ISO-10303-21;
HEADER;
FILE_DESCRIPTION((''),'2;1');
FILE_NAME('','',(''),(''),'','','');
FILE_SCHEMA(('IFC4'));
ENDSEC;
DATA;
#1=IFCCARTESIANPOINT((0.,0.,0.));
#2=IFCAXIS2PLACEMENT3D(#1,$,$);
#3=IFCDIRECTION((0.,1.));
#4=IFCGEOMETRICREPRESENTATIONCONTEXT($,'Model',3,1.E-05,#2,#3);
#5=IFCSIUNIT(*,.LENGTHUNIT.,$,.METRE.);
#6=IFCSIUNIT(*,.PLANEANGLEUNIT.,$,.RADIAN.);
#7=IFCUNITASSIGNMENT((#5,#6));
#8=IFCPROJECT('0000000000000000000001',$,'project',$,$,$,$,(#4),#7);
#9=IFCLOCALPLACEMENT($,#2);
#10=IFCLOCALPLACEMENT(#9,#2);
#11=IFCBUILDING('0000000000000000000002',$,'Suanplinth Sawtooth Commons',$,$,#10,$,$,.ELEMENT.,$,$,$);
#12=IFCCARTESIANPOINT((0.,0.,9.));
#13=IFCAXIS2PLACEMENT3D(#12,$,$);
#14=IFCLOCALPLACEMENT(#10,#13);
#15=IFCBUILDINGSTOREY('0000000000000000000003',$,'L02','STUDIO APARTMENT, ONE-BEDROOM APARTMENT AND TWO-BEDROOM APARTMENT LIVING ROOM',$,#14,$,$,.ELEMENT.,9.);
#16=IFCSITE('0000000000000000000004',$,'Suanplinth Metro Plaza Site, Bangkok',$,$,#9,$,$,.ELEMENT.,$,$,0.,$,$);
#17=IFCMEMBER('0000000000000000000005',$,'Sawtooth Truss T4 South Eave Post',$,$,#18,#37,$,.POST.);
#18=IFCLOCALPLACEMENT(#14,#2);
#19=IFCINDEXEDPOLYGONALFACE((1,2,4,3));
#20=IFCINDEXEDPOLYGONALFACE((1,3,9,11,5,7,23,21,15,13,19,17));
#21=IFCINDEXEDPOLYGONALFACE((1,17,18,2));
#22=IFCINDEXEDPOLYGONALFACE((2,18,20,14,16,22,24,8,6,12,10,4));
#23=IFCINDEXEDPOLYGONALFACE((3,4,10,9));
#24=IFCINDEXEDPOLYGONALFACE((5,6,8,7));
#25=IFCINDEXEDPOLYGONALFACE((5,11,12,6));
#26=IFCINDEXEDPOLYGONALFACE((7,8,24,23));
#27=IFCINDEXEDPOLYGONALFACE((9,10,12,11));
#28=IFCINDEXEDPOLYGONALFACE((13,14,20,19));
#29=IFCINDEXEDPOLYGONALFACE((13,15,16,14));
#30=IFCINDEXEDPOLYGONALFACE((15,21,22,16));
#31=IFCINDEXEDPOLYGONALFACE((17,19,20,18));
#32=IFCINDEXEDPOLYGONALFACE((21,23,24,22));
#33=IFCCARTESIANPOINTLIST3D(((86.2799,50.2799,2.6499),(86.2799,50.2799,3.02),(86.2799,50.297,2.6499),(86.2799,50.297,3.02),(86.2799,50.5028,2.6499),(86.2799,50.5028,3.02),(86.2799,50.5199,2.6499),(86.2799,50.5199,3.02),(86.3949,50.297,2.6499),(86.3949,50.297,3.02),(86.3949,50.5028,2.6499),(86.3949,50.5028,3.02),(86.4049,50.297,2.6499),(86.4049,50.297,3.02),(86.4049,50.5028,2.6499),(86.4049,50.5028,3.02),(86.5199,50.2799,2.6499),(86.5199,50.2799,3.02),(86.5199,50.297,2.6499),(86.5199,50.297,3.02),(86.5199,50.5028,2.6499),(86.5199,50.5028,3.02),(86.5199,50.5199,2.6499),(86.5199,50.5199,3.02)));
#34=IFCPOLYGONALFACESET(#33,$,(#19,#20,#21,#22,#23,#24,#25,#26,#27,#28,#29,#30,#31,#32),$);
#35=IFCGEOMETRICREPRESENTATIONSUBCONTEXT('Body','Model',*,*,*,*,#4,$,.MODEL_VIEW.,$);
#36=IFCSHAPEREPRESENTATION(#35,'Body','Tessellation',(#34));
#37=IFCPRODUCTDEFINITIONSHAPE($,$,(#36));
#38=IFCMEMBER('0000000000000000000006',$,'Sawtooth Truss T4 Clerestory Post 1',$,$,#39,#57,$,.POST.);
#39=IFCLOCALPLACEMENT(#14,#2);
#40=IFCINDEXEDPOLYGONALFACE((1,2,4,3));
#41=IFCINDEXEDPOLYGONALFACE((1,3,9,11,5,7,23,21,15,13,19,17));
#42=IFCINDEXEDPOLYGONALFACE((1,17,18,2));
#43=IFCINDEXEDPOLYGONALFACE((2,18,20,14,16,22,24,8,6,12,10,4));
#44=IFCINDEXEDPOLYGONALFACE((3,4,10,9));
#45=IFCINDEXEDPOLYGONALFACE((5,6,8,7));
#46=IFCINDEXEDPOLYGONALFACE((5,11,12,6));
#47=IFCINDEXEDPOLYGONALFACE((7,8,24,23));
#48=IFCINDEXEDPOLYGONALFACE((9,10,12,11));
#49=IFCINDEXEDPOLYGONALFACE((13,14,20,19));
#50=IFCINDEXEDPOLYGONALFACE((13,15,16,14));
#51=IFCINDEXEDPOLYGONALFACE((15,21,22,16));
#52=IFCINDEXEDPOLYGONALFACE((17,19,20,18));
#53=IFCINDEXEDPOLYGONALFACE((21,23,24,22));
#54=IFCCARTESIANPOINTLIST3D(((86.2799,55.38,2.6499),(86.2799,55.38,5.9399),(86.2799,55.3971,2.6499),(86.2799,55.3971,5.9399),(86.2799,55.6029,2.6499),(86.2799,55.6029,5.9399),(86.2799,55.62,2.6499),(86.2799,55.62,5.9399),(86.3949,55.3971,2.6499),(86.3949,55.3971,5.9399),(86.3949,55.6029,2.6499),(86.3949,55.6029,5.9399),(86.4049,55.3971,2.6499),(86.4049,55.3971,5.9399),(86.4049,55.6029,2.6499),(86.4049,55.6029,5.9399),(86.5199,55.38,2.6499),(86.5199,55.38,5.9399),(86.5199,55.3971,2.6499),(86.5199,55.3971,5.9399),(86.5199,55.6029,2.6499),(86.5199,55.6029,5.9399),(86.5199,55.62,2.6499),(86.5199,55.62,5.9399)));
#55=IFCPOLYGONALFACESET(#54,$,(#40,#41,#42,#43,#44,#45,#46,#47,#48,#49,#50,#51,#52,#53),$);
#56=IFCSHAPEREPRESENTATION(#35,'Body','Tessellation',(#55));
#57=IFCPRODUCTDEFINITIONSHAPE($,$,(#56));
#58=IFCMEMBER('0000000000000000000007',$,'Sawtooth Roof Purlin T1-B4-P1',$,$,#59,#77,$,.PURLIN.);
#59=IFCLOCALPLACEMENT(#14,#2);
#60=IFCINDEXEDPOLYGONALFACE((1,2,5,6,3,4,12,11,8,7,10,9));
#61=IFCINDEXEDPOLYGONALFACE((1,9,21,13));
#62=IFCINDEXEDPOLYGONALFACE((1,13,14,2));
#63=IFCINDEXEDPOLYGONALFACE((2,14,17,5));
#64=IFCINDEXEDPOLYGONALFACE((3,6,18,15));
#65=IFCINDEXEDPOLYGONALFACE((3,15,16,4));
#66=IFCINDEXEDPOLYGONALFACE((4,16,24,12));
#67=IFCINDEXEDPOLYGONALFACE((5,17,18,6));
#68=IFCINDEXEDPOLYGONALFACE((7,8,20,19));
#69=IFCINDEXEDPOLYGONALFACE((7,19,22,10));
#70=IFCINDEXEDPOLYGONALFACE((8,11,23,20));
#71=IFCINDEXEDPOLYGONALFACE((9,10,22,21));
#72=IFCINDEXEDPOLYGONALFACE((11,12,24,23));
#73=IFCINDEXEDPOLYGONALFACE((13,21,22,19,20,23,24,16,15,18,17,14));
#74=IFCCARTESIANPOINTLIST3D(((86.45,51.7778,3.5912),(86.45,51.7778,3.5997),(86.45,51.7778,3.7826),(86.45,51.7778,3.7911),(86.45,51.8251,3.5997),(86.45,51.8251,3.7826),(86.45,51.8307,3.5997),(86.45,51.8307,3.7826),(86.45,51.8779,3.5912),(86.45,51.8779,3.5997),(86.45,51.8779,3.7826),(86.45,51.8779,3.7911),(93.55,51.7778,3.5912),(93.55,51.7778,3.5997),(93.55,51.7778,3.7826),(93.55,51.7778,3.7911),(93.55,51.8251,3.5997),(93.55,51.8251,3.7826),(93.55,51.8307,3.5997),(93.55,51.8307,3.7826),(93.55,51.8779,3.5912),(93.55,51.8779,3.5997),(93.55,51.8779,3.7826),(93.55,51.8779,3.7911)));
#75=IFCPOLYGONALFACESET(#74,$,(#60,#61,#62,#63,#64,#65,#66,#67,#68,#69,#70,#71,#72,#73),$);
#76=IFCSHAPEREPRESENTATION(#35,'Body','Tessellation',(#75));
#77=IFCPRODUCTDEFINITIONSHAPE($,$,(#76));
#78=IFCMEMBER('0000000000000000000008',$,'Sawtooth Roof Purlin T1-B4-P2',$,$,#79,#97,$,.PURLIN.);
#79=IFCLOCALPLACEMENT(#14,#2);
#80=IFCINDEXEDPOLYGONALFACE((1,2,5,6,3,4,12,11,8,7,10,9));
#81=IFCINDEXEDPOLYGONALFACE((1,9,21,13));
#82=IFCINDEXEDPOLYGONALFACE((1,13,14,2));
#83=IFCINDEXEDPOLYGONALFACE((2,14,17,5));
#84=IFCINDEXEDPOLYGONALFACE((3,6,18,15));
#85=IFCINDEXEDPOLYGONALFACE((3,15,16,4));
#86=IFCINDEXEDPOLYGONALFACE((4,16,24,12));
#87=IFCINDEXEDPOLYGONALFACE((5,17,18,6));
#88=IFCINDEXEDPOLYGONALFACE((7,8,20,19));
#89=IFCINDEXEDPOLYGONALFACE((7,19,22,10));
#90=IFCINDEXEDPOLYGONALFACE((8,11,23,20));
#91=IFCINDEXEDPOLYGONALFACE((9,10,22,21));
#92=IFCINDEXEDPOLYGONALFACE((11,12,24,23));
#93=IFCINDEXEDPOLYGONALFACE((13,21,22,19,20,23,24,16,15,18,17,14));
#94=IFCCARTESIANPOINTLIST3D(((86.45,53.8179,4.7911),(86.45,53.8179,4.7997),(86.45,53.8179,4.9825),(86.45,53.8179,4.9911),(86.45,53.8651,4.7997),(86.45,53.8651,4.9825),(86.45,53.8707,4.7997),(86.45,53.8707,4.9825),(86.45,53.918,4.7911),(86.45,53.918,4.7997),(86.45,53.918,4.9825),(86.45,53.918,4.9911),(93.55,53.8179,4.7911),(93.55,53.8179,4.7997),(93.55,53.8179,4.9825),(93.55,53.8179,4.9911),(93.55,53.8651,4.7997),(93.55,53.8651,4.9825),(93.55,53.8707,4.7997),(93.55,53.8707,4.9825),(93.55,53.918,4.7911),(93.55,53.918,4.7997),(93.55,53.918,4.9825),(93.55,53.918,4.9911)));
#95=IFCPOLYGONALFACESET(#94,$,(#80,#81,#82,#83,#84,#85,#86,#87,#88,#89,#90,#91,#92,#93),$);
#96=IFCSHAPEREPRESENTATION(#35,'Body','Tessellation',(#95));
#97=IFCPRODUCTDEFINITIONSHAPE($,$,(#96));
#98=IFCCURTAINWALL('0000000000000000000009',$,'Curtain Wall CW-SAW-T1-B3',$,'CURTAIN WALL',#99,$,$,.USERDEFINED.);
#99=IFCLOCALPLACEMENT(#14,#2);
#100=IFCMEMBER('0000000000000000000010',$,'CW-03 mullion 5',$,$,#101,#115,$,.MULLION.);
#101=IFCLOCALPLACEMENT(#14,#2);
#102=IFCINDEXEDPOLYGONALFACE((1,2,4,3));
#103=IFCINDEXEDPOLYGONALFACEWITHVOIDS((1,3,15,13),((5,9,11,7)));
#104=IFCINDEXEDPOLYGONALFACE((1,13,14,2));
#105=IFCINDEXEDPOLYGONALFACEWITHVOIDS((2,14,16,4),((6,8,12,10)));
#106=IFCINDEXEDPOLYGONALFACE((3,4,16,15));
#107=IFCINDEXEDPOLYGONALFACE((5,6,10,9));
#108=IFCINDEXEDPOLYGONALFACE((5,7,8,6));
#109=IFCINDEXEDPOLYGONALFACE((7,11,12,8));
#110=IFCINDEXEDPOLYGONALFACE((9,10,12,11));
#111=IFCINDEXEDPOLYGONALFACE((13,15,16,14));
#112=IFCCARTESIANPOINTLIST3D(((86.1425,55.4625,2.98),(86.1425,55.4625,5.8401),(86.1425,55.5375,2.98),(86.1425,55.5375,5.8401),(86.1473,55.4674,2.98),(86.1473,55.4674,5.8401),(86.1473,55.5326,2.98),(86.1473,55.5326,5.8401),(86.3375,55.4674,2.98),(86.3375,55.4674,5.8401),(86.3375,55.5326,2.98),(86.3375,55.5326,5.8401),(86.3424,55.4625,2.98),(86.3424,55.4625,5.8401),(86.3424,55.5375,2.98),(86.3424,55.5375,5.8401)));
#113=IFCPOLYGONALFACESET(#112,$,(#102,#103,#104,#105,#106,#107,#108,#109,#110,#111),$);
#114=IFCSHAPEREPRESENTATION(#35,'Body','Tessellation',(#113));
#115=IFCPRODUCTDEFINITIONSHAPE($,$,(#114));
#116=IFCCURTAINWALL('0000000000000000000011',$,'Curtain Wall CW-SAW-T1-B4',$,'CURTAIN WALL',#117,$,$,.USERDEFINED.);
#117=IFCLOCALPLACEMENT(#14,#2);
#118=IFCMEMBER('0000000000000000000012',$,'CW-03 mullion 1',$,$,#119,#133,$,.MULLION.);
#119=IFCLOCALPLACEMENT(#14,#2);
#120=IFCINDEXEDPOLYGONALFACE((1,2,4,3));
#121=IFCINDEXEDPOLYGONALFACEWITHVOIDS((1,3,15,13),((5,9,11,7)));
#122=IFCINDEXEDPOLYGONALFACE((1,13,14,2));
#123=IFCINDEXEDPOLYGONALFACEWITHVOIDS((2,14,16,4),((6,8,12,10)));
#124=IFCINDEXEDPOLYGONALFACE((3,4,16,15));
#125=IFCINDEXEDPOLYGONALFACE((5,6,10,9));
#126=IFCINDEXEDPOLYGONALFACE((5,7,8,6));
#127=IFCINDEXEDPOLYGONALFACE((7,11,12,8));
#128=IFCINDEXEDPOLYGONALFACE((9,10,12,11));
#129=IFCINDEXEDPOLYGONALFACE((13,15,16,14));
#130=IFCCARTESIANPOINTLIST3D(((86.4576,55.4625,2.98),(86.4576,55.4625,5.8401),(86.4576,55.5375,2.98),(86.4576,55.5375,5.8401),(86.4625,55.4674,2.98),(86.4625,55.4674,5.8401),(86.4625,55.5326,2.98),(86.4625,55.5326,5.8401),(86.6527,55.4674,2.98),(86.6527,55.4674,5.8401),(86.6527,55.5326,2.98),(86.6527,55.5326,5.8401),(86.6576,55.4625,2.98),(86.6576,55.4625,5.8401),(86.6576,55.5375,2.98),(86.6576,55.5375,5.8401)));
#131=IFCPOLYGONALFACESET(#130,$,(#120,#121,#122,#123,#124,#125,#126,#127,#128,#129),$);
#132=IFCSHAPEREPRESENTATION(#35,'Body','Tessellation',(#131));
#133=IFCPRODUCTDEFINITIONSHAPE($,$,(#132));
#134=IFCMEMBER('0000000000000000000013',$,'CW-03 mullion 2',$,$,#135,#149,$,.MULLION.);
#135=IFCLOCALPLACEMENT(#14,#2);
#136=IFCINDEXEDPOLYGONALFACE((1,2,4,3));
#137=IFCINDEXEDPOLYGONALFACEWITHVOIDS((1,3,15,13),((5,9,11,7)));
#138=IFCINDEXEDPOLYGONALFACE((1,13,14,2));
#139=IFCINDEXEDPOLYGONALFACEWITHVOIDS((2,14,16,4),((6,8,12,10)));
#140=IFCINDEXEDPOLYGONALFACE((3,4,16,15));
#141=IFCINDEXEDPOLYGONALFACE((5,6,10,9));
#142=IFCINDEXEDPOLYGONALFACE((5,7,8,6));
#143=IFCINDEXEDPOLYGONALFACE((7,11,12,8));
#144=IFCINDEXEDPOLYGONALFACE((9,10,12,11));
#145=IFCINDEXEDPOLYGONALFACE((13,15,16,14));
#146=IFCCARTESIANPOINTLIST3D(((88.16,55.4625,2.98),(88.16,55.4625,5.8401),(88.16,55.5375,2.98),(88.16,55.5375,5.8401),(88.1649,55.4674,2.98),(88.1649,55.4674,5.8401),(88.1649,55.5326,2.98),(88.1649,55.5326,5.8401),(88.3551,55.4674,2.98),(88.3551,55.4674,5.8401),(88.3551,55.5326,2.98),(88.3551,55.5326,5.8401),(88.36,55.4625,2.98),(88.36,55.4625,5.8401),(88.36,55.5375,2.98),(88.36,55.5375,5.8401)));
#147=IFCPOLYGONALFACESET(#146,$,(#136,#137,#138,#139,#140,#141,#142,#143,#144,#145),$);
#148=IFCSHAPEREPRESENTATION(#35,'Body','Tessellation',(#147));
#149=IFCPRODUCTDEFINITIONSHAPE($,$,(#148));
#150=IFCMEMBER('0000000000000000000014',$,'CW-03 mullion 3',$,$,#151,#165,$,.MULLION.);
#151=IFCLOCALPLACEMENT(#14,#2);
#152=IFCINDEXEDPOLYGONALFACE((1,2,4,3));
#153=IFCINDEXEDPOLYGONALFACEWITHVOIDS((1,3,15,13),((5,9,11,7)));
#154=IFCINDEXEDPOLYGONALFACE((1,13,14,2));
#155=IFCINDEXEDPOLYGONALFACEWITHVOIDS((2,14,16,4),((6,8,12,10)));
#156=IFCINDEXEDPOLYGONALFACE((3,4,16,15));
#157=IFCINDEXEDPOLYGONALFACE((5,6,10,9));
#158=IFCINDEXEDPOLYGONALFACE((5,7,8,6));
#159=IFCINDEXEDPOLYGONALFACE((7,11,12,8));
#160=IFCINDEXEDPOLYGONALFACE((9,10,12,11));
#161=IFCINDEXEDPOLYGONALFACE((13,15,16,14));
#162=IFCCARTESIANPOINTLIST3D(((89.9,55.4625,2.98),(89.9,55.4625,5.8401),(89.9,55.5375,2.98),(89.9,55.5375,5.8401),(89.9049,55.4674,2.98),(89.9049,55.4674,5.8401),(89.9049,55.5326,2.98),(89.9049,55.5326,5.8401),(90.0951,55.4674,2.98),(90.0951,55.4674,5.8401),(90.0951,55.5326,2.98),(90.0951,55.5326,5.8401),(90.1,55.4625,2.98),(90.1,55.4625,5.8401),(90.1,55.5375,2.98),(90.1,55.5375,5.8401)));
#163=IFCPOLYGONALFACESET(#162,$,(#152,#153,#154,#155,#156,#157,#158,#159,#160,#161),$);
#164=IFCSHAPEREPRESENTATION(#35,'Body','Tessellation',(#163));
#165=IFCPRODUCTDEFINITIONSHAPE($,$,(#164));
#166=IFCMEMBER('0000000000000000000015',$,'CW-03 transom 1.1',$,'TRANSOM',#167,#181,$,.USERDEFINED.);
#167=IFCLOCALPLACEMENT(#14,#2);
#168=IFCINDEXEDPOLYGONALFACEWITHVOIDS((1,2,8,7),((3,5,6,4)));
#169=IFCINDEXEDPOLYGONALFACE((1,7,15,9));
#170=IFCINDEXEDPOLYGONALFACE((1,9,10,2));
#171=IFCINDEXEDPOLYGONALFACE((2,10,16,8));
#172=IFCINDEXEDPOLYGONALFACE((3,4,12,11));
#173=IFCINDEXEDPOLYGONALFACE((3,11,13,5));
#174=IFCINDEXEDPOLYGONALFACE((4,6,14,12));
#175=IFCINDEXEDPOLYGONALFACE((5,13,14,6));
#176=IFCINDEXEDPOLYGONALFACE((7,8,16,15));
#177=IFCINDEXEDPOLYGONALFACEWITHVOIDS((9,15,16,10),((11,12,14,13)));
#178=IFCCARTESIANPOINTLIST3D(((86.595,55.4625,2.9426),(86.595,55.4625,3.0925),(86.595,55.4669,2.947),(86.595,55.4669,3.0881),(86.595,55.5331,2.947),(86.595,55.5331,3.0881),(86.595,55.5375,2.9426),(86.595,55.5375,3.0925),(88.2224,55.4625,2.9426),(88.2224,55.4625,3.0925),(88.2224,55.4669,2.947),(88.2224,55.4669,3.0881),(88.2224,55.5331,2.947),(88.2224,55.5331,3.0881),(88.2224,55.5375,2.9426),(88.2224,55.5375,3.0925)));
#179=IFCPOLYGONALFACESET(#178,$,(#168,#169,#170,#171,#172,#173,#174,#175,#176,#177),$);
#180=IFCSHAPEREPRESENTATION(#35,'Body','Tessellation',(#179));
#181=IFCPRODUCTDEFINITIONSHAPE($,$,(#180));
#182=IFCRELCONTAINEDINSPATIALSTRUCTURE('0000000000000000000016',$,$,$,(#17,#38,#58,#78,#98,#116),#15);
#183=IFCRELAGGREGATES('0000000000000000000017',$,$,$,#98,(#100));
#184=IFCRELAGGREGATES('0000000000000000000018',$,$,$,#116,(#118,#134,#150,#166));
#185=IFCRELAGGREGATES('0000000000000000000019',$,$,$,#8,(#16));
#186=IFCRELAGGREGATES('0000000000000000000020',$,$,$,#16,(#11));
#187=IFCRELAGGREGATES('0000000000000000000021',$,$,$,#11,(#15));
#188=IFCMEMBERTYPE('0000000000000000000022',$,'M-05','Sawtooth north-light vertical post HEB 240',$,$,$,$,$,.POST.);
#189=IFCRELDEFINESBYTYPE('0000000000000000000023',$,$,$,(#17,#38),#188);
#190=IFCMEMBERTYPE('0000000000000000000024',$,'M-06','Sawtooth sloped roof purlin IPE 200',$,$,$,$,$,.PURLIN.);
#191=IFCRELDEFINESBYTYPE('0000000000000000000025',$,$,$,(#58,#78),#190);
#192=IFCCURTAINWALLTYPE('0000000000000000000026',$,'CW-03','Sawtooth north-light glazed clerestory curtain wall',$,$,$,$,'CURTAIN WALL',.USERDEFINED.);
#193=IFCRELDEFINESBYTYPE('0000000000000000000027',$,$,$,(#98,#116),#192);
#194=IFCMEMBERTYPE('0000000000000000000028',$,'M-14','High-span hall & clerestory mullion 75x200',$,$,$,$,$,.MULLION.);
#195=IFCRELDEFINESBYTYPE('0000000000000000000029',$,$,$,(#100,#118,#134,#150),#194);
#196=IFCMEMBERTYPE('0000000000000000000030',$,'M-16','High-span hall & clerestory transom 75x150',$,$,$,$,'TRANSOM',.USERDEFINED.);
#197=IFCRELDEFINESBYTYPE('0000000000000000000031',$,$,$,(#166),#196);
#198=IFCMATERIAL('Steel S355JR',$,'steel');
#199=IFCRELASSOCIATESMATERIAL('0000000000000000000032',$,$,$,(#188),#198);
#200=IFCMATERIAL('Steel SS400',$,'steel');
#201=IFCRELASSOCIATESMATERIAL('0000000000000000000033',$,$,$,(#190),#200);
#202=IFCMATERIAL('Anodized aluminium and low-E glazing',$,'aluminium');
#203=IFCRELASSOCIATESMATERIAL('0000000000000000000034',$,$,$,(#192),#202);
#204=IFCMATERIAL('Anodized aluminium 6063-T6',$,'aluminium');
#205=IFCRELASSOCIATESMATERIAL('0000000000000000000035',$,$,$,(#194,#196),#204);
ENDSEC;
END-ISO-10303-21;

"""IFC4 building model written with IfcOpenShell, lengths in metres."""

from ifc_helpers import new_model, si_unit, direction, frame, origin, origin_2d, place, context, subcontext, project, spatial, hollow_rectangle, i_section, extrude, material, material_profile, profile_set, type_object, element, aggregate, save


model = new_model("IFC4")

# Units and contexts
model_context = context("Model", 3, precision=1e-05, world=origin(), true_north=direction((0.0, 1.0)))
body_context = subcontext(model_context, "Body", "Model", "MODEL_VIEW")
ifc_project = project(units=[si_unit("LENGTHUNIT", "METRE"), si_unit("PLANEANGLEUNIT", "RADIAN")], contexts=[model_context])

# Site, building, storey
site_placement = place(None, origin())
site = spatial("IfcSite", under=ifc_project, at=site_placement, Name="Suanplinth Metro Plaza Site, Bangkok", CompositionType="ELEMENT", RefElevation=0.0)
building_placement = place(site_placement, origin())
building = spatial("IfcBuilding", under=site, at=building_placement, Name="Suanplinth Sawtooth Commons", CompositionType="ELEMENT")
storey_placement = place(building_placement, frame((0.0, 0.0, 9.0)))
storey = spatial("IfcBuildingStorey", under=building, at=storey_placement, Name="L02", Description="STUDIO APARTMENT, ONE-BEDROOM APARTMENT AND TWO-BEDROOM APARTMENT LIVING ROOM", CompositionType="ELEMENT", Elevation=9.0)

# Shared definitions
ifc_material_1 = material(Name="Steel S355JR", Category="steel")

# Members
ifc_material_profile_1 = material_profile(ifc_material_1, i_section(OverallWidth=0.24, OverallDepth=0.24, WebThickness=0.01, FlangeThickness=0.0171, at=origin_2d()), Name="HEB 240")
ifc_profile_set_1 = profile_set([ifc_material_profile_1], Name="Steel S355JR")
member_type_1 = type_object("IfcMemberType", Name="M-05", Description="Sawtooth north-light vertical post HEB 240", PredefinedType="POST", material=ifc_profile_set_1)
member_1_placement = place(storey_placement, frame((86.3999, 50.3999, 2.6499), z_axis=(0.0, 0.0, 1.0), x_axis=(1.0, 0.0, 0.0)))
element("IfcMember", 1, at=member_1_placement, inside=storey, type_object=member_type_1, Name="Sawtooth Truss T4 South Eave Post", PredefinedType="POST", context=body_context, shape_type="SweptSolid", body=[
    extrude(i_section(OverallWidth=0.24, OverallDepth=0.24, WebThickness=0.01, FlangeThickness=0.0171, at=origin_2d()), origin(), (0.0, 0.0, 1.0), 0.3701),
])
member_2_placement = place(storey_placement, frame((86.3999, 55.5, 2.6499), z_axis=(0.0, 0.0, 1.0), x_axis=(1.0, 0.0, 0.0)))
element("IfcMember", 2, at=member_2_placement, inside=storey, type_object=member_type_1, Name="Sawtooth Truss T4 Clerestory Post 1", PredefinedType="POST", context=body_context, shape_type="SweptSolid", body=[
    extrude(i_section(OverallWidth=0.24, OverallDepth=0.24, WebThickness=0.01, FlangeThickness=0.0171, at=origin_2d()), origin(), (0.0, 0.0, 1.0), 3.29),
])
ifc_material_2 = material(Name="Steel SS400", Category="steel")
ifc_material_profile_2 = material_profile(ifc_material_2, i_section(OverallWidth=0.1001, OverallDepth=0.2, WebThickness=0.0056, FlangeThickness=0.0085, at=origin_2d()), Name="IPE 200")
ifc_profile_set_2 = profile_set([ifc_material_profile_2], Name="Steel SS400")
member_type_2 = type_object("IfcMemberType", Name="M-06", Description="Sawtooth sloped roof purlin IPE 200", PredefinedType="PURLIN", material=ifc_profile_set_2)
for number, where, z_axis, x_axis, name in (
    (3, (86.45, 51.8279, 3.6912), (1.0, 0.0, 0.0), (0.0, 1.0, 0.0), "Sawtooth Roof Purlin T1-B4-P1"),
    (4, (86.45, 53.8679, 4.8911), (1.0, 0.0, 0.0), (0.0, 1.0, 0.0), "Sawtooth Roof Purlin T1-B4-P2"),
):
    element("IfcMember", number, at=place(storey_placement, frame(where, z_axis=z_axis, x_axis=x_axis)), inside=storey, type_object=member_type_2, Name=name, PredefinedType="PURLIN", context=body_context, shape_type="SweptSolid", body=[
        extrude(i_section(OverallWidth=0.1001, OverallDepth=0.2, WebThickness=0.0056, FlangeThickness=0.0085, at=origin_2d()), origin(), (0.0, 0.0, 1.0), 7.1001),
    ])

# Curtain wall, member
ifc_material_3 = material(Name="Anodized aluminium and low-E glazing", Category="aluminium")
curtain_wall_type = type_object("IfcCurtainWallType", Name="CW-03", Description="Sawtooth north-light glazed clerestory curtain wall", ElementType="CURTAIN WALL", PredefinedType="USERDEFINED", material=ifc_material_3)
curtain_wall_1_placement = place(storey_placement, origin())
curtain_wall_1 = element("IfcCurtainWall", 5, at=curtain_wall_1_placement, inside=storey, type_object=curtain_wall_type, Name="Curtain Wall CW-SAW-T1-B3", ObjectType="CURTAIN WALL", PredefinedType="USERDEFINED")
ifc_material_4 = material(Name="Anodized aluminium 6063-T6", Category="aluminium")
ifc_material_profile_3 = material_profile(ifc_material_4, hollow_rectangle(XDim=0.075, YDim=0.2, WallThickness=0.0049, at=origin_2d()), Name="ALU-MUL 75x200")
ifc_profile_set_3 = profile_set([ifc_material_profile_3], Name="Anodized aluminium 6063-T6")
member_type_3 = type_object("IfcMemberType", Name="M-14", Description="High-span hall & clerestory mullion 75x200", PredefinedType="MULLION", material=ifc_profile_set_3)
member_3_placement = place(storey_placement, frame((86.2424, 55.5, 2.98), z_axis=(0.0, 0.0, 1.0), x_axis=(0.0, 1.0, 0.0)))
member_3 = element("IfcMember", 6, at=member_3_placement, type_object=member_type_3, Name="CW-03 mullion 5", PredefinedType="MULLION", context=body_context, shape_type="SweptSolid", body=[
    extrude(hollow_rectangle(XDim=0.075, YDim=0.2, WallThickness=0.0049, at=origin_2d()), origin(), (0.0, 0.0, 1.0), 2.8601),
])

# Curtain wall, members
curtain_wall_2_placement = place(storey_placement, origin())
curtain_wall_2 = element("IfcCurtainWall", 7, at=curtain_wall_2_placement, inside=storey, type_object=curtain_wall_type, Name="Curtain Wall CW-SAW-T1-B4", ObjectType="CURTAIN WALL", PredefinedType="USERDEFINED")
member_4_placement = place(storey_placement, frame((86.5576, 55.5, 2.98), z_axis=(0.0, 0.0, 1.0), x_axis=(0.0, 1.0, 0.0)))
member_4 = element("IfcMember", 8, at=member_4_placement, type_object=member_type_3, Name="CW-03 mullion 1", PredefinedType="MULLION", context=body_context, shape_type="SweptSolid", body=[
    extrude(hollow_rectangle(XDim=0.075, YDim=0.2, WallThickness=0.0049, at=origin_2d()), origin(), (0.0, 0.0, 1.0), 2.8601),
])
member_5_placement = place(storey_placement, frame((88.26, 55.5, 2.98), z_axis=(0.0, 0.0, 1.0), x_axis=(0.0, 1.0, 0.0)))
member_5 = element("IfcMember", 9, at=member_5_placement, type_object=member_type_3, Name="CW-03 mullion 2", PredefinedType="MULLION", context=body_context, shape_type="SweptSolid", body=[
    extrude(hollow_rectangle(XDim=0.075, YDim=0.2, WallThickness=0.0049, at=origin_2d()), origin(), (0.0, 0.0, 1.0), 2.8601),
])
member_6_placement = place(storey_placement, frame((90.0, 55.5, 2.98), z_axis=(0.0, 0.0, 1.0), x_axis=(0.0, 1.0, 0.0)))
member_6 = element("IfcMember", 10, at=member_6_placement, type_object=member_type_3, Name="CW-03 mullion 3", PredefinedType="MULLION", context=body_context, shape_type="SweptSolid", body=[
    extrude(hollow_rectangle(XDim=0.075, YDim=0.2, WallThickness=0.0049, at=origin_2d()), origin(), (0.0, 0.0, 1.0), 2.8601),
])
ifc_material_profile_4 = material_profile(ifc_material_4, hollow_rectangle(XDim=0.075, YDim=0.1499, WallThickness=0.0044, at=origin_2d()), Name="ALU-TRN 75x150")
ifc_profile_set_4 = profile_set([ifc_material_profile_4], Name="Anodized aluminium 6063-T6")
member_type_4 = type_object("IfcMemberType", Name="M-16", Description="High-span hall & clerestory transom 75x150", ElementType="TRANSOM", PredefinedType="USERDEFINED", material=ifc_profile_set_4)
member_7_placement = place(storey_placement, frame((86.595, 55.5, 3.0176), z_axis=(1.0, 0.0, 0.0), x_axis=(0.0, 1.0, 0.0)))
member_7 = element("IfcMember", 11, at=member_7_placement, type_object=member_type_4, Name="CW-03 transom 1.1", ObjectType="TRANSOM", PredefinedType="USERDEFINED", context=body_context, shape_type="SweptSolid", body=[
    extrude(hollow_rectangle(XDim=0.075, YDim=0.1499, WallThickness=0.0044, at=origin_2d()), origin(), (0.0, 0.0, 1.0), 1.6274),
])

aggregate(curtain_wall_1, [member_3])
aggregate(curtain_wall_2, [member_4, member_5, member_6, member_7])

save(model, "model.ifc")
